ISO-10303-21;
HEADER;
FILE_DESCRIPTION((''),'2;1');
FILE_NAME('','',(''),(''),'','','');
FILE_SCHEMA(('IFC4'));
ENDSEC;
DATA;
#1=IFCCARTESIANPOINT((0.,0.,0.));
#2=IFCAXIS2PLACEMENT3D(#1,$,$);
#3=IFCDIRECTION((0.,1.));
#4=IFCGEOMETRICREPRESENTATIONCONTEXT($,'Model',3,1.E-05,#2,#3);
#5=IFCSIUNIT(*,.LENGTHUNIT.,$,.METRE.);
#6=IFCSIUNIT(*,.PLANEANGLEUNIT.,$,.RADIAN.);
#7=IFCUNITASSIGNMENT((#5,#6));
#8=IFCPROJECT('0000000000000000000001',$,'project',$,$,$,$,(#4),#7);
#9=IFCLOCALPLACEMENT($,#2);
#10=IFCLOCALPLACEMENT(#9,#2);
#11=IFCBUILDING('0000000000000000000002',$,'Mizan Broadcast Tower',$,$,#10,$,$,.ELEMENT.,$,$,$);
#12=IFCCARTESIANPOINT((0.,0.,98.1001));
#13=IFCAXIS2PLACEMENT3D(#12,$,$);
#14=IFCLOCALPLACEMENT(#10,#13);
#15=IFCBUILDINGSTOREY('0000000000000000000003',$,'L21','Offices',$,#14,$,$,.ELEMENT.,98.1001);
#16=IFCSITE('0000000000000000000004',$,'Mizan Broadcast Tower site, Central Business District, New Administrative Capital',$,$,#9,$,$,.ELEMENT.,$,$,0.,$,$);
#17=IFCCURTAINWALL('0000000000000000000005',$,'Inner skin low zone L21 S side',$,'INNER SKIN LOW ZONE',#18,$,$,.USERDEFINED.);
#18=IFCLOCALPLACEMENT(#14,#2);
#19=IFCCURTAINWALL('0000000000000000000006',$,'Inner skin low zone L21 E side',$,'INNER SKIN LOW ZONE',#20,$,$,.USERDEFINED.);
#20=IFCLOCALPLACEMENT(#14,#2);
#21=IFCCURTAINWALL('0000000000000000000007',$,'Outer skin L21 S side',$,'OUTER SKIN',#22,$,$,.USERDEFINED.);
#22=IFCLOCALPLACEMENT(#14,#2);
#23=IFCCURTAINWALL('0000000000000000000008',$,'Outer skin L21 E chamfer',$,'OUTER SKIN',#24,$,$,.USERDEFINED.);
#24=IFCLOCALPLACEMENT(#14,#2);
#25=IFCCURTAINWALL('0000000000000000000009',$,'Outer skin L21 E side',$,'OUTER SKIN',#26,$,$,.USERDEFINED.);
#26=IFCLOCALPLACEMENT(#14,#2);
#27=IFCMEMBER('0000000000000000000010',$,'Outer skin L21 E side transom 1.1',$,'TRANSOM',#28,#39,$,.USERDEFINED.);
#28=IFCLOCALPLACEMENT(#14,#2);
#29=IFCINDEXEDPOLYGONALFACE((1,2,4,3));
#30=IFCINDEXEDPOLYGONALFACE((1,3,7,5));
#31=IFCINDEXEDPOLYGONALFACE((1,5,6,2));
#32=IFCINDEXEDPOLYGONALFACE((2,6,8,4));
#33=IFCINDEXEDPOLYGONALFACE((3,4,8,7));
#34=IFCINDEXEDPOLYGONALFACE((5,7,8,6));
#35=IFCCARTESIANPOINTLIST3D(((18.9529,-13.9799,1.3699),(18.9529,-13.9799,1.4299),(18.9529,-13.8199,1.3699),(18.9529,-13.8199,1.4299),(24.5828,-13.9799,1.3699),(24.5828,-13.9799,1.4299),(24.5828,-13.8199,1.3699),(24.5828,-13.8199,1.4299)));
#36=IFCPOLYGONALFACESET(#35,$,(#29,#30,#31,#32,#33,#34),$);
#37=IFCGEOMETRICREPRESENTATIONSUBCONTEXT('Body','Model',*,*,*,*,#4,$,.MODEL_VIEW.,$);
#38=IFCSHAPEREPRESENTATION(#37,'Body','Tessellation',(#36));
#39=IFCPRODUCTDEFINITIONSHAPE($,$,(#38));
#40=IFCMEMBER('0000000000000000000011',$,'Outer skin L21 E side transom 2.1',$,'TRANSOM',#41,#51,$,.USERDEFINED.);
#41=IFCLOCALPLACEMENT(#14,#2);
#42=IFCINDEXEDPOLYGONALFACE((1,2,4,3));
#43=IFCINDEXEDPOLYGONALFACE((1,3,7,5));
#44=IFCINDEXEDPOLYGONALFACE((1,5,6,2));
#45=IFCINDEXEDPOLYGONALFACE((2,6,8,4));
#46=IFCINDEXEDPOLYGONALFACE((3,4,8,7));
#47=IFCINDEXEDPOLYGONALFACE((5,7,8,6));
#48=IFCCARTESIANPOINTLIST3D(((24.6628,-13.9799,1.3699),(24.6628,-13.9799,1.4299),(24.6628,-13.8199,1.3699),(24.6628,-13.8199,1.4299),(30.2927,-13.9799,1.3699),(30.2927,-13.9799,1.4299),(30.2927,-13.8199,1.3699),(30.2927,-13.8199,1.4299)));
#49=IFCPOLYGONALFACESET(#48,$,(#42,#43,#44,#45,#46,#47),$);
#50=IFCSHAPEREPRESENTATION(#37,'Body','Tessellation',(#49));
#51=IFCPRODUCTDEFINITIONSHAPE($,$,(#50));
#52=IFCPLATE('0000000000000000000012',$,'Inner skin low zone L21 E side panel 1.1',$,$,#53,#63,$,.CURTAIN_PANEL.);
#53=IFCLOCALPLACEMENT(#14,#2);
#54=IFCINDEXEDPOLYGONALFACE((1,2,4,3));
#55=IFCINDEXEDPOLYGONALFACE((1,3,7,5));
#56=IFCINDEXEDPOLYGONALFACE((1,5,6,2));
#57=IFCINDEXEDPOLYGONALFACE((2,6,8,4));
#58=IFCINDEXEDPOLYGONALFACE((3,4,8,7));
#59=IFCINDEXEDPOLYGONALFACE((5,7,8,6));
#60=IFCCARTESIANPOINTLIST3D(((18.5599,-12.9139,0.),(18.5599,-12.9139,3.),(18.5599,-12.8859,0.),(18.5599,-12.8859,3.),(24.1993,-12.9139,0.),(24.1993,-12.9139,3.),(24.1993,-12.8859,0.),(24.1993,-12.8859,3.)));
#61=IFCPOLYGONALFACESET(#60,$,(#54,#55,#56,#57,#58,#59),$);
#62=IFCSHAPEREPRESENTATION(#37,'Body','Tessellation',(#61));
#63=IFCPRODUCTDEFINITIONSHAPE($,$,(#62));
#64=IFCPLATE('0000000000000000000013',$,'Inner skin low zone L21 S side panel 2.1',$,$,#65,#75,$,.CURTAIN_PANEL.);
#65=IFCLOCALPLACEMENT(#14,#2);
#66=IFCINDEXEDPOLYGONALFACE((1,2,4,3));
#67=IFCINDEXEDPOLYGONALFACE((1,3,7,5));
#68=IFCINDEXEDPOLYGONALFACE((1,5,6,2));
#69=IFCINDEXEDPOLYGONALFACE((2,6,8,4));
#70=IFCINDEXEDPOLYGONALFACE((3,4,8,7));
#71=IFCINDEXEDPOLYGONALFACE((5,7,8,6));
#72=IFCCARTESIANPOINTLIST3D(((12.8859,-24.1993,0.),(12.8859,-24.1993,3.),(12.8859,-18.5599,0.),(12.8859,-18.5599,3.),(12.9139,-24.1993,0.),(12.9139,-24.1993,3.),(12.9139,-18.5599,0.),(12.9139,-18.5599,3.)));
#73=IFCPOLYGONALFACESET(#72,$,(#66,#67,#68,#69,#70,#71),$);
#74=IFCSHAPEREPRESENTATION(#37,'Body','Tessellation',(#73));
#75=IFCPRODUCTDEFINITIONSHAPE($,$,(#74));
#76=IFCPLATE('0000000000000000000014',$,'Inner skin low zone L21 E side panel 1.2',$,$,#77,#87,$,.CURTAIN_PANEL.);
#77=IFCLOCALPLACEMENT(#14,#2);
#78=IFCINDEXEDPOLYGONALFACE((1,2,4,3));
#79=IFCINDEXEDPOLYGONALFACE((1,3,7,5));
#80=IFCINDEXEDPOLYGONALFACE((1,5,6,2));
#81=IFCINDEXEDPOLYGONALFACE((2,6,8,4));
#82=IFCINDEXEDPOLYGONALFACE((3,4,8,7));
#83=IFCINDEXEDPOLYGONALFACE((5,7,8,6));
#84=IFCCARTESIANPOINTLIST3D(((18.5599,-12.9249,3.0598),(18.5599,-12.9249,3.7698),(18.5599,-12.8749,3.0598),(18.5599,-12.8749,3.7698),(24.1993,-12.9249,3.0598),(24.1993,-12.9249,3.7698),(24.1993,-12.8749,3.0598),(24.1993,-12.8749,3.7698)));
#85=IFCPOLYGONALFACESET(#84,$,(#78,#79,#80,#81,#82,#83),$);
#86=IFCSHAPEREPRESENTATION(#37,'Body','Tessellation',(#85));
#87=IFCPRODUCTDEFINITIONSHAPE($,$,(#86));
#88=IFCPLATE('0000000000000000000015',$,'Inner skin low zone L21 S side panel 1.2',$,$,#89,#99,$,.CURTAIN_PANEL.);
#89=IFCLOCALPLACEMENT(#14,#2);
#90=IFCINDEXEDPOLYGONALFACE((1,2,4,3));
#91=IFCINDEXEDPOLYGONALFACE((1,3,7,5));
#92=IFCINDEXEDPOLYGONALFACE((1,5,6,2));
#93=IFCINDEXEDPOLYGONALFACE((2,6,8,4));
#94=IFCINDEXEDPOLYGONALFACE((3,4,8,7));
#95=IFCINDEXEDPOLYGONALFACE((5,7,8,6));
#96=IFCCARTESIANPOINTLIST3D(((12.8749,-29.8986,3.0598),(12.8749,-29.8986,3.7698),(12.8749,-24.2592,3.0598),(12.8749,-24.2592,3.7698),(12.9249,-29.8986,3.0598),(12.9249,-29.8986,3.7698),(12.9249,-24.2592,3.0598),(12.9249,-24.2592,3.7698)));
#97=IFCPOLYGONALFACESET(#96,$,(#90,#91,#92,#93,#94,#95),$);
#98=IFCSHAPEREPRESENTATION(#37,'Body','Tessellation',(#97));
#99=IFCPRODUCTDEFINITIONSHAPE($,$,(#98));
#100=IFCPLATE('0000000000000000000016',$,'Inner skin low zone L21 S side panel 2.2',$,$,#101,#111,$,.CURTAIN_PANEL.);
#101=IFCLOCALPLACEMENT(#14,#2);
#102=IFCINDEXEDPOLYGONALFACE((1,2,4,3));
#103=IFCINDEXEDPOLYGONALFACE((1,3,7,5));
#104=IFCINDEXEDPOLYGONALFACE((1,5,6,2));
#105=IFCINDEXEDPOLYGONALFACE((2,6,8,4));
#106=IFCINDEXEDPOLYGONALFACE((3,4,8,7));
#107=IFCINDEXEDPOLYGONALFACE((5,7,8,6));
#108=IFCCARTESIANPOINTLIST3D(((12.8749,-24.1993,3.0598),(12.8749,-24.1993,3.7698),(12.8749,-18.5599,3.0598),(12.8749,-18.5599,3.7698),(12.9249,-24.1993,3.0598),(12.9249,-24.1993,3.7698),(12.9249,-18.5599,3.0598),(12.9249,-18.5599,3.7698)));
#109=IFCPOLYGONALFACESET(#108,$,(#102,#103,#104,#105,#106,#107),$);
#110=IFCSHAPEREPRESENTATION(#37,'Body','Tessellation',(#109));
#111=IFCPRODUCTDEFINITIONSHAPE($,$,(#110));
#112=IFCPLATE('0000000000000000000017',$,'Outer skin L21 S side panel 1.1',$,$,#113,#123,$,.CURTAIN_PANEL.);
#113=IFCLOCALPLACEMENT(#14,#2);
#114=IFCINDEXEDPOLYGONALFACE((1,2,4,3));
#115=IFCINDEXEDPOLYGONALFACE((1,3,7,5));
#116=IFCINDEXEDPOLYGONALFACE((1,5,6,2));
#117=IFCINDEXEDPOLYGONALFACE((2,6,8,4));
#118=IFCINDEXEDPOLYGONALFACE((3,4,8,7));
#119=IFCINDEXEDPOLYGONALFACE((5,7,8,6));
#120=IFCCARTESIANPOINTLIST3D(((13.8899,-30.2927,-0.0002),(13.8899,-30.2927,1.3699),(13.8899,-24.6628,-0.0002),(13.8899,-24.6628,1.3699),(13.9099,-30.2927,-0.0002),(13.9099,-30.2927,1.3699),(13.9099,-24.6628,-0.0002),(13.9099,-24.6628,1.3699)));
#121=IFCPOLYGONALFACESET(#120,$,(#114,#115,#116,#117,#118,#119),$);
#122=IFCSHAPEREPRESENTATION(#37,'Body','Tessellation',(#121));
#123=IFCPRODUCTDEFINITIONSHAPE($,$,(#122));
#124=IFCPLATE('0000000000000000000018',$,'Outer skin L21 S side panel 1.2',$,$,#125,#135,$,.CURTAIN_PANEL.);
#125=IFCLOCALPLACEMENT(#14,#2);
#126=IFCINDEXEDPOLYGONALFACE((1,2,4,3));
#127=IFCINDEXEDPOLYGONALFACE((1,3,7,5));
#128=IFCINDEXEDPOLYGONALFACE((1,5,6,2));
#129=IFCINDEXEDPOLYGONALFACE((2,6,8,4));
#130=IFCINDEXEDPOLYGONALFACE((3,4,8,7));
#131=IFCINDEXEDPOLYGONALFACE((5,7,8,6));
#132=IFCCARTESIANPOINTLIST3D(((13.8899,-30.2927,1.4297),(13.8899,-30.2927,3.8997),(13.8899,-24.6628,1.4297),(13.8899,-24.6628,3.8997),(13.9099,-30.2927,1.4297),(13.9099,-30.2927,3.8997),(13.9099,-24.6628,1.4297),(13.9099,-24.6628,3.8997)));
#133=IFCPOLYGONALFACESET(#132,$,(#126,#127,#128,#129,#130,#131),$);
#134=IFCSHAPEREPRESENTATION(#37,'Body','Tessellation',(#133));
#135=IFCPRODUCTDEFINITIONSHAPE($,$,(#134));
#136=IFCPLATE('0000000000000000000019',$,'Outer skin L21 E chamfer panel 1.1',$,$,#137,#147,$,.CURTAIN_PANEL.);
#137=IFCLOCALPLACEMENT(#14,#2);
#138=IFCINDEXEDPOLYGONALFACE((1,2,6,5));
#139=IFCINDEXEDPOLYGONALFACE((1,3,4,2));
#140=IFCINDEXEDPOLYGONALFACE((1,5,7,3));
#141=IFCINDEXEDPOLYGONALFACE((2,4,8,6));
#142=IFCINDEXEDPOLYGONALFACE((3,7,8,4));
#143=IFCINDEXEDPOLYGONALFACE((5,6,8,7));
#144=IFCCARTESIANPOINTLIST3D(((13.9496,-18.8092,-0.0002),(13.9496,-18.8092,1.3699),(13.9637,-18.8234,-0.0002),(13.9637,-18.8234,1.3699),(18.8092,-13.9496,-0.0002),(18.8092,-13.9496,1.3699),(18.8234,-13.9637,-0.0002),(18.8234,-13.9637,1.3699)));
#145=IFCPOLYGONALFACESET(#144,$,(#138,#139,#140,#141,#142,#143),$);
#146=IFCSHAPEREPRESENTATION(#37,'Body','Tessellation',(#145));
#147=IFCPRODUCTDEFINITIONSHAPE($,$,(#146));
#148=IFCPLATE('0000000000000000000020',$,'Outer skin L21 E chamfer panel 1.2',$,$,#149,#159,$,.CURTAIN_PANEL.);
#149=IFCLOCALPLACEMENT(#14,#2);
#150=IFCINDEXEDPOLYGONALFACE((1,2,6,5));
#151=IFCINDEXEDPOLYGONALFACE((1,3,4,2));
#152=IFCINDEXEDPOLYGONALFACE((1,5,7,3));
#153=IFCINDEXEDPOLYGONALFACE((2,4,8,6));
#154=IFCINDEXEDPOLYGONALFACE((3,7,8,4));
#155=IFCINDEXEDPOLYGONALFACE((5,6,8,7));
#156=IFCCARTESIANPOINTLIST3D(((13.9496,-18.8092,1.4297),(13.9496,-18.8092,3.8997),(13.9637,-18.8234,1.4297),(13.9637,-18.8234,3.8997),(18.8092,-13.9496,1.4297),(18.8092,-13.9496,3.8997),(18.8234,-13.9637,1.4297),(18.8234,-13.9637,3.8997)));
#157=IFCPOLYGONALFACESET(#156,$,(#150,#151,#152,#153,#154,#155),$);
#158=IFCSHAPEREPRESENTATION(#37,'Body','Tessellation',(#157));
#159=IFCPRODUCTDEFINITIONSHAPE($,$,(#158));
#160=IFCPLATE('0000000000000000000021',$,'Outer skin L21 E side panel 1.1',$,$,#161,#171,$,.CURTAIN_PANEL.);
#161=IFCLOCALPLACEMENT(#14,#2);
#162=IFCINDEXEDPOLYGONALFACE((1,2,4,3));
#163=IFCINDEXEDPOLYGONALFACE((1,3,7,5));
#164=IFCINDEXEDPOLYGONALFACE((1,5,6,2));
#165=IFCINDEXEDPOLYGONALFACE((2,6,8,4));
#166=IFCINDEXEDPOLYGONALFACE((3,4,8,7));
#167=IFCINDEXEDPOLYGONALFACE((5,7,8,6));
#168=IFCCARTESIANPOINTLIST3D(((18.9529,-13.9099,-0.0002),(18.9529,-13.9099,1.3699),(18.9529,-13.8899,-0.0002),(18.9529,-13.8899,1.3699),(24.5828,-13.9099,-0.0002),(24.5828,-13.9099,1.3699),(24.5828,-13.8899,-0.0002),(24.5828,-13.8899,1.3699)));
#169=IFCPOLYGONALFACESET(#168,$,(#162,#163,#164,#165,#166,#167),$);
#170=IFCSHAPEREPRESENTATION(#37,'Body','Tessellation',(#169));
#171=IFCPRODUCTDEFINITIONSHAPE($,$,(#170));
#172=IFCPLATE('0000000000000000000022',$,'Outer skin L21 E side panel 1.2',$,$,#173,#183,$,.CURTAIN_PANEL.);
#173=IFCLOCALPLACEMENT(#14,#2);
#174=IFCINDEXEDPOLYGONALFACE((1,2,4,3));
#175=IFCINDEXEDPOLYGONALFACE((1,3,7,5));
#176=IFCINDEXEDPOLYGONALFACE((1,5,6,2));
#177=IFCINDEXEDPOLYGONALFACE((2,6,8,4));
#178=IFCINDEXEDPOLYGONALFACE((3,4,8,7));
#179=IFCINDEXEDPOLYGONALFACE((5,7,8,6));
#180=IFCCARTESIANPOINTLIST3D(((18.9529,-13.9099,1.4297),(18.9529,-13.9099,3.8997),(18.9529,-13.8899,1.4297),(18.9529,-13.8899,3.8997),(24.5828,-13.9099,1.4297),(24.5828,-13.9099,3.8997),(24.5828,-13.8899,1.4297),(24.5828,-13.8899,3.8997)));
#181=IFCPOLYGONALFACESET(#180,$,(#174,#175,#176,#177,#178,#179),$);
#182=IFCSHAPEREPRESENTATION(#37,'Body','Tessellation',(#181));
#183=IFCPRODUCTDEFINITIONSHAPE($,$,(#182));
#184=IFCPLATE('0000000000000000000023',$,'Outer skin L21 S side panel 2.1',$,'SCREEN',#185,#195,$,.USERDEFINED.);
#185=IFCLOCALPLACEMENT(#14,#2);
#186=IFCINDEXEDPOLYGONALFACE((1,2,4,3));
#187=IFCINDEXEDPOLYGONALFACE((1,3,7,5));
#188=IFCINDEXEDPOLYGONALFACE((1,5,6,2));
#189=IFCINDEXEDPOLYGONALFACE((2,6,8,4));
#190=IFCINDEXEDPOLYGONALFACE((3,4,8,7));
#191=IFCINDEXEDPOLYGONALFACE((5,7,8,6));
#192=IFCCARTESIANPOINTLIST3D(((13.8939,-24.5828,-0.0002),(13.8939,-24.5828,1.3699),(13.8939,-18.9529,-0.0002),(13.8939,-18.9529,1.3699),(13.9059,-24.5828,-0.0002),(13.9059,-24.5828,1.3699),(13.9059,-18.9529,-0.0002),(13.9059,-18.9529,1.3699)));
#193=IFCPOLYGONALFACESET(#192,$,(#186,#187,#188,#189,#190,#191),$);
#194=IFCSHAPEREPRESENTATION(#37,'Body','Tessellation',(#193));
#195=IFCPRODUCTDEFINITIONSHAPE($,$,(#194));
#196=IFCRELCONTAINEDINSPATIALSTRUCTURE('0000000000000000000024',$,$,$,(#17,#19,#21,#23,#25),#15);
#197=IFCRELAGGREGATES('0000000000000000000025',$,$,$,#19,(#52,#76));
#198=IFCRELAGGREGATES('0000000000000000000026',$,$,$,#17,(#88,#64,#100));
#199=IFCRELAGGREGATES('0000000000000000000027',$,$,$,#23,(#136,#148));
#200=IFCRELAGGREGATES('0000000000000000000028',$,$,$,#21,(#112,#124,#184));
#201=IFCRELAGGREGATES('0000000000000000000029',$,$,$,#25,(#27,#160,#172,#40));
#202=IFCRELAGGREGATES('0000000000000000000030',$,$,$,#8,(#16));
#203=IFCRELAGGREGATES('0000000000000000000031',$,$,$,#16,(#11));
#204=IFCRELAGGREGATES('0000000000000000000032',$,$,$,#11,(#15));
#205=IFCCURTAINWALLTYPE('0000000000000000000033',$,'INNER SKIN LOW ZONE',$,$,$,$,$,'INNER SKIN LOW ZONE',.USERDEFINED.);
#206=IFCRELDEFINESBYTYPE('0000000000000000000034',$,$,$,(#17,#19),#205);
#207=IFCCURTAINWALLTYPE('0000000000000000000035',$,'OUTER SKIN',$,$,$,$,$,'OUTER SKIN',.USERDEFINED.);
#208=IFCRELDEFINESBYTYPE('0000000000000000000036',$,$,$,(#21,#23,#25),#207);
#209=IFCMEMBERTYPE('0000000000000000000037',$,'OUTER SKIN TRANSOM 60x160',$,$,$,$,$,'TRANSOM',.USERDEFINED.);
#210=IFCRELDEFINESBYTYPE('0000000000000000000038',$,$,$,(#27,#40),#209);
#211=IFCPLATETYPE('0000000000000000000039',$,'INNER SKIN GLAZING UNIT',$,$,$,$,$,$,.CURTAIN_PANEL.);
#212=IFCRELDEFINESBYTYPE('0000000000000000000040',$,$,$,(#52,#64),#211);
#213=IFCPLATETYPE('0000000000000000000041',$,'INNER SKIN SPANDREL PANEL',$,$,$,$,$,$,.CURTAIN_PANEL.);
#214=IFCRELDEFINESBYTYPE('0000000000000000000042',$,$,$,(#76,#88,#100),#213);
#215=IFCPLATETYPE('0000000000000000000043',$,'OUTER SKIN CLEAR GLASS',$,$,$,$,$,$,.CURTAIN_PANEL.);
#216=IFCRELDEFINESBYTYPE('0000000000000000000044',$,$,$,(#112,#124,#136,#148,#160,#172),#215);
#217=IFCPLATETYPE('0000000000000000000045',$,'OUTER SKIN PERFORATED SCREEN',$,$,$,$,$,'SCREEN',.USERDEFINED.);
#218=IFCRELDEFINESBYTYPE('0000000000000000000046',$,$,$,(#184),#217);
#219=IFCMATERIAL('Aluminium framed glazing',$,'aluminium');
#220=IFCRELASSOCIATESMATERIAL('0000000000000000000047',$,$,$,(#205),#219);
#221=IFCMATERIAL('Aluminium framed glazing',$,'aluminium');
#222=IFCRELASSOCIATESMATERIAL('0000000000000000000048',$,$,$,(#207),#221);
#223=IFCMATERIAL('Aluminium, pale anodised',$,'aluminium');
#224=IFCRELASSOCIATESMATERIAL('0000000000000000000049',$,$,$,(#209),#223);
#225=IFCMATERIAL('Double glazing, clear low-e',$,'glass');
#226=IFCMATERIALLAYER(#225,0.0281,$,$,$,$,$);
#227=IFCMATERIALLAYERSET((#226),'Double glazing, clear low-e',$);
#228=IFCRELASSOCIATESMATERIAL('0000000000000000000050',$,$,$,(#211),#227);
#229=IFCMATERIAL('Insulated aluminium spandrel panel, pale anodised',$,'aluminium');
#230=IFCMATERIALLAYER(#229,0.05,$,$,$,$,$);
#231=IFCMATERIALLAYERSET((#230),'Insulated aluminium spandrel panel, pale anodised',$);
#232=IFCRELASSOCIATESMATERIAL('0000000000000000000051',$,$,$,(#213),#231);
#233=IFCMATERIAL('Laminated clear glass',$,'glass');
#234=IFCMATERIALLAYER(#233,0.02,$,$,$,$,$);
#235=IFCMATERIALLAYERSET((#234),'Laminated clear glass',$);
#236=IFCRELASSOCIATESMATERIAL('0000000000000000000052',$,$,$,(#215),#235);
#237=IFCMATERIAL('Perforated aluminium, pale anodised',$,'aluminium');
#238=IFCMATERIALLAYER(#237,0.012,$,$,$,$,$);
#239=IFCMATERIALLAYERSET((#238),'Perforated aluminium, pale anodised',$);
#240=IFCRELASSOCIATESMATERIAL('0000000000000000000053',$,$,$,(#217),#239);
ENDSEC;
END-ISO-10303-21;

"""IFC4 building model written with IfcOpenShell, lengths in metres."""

from ifc_helpers import new_model, si_unit, direction, frame, origin, origin_2d, place, context, subcontext, project, spatial, rectangle, extrude, material, layer, layer_set, material_profile, profile_set, type_object, element, aggregate, save


model = new_model("IFC4")

# Units and contexts
model_context = context("Model", 3, precision=1e-05, world=origin(), true_north=direction((0.0, 1.0)))
body_context = subcontext(model_context, "Body", "Model", "MODEL_VIEW")
ifc_project = project(units=[si_unit("LENGTHUNIT", "METRE"), si_unit("PLANEANGLEUNIT", "RADIAN")], contexts=[model_context])

# Site, building, storey
site_placement = place(None, origin())
site = spatial("IfcSite", under=ifc_project, at=site_placement, Name="Mizan Broadcast Tower site, Central Business District, New Administrative Capital", CompositionType="ELEMENT", RefElevation=0.0)
building_placement = place(site_placement, origin())
building = spatial("IfcBuilding", under=site, at=building_placement, Name="Mizan Broadcast Tower", CompositionType="ELEMENT")
storey_placement = place(building_placement, frame((0.0, 0.0, 98.1001)))
storey = spatial("IfcBuildingStorey", under=building, at=storey_placement, Name="L21", Description="Offices", CompositionType="ELEMENT", Elevation=98.1001)

# Curtain wall
ifc_material_1 = material(Name="Aluminium framed glazing", Category="aluminium")
curtain_wall_type_1 = type_object("IfcCurtainWallType", Name="INNER SKIN LOW ZONE", ElementType="INNER SKIN LOW ZONE", PredefinedType="USERDEFINED", material=ifc_material_1)
curtain_wall_1_placement = place(storey_placement, origin())
curtain_wall_1 = element("IfcCurtainWall", 1, at=curtain_wall_1_placement, inside=storey, type_object=curtain_wall_type_1, Name="Inner skin low zone L21 S side", ObjectType="INNER SKIN LOW ZONE", PredefinedType="USERDEFINED")

# Curtain wall
curtain_wall_2_placement = place(storey_placement, origin())
curtain_wall_2 = element("IfcCurtainWall", 2, at=curtain_wall_2_placement, inside=storey, type_object=curtain_wall_type_1, Name="Inner skin low zone L21 E side", ObjectType="INNER SKIN LOW ZONE", PredefinedType="USERDEFINED")

# Shared definitions
ifc_material_2 = material(Name="Aluminium framed glazing", Category="aluminium")
curtain_wall_type_2 = type_object("IfcCurtainWallType", Name="OUTER SKIN", ElementType="OUTER SKIN", PredefinedType="USERDEFINED", material=ifc_material_2)

# Curtain wall
curtain_wall_3_placement = place(storey_placement, origin())
curtain_wall_3 = element("IfcCurtainWall", 3, at=curtain_wall_3_placement, inside=storey, type_object=curtain_wall_type_2, Name="Outer skin L21 S side", ObjectType="OUTER SKIN", PredefinedType="USERDEFINED")

# Curtain wall
curtain_wall_4_placement = place(storey_placement, origin())
curtain_wall_4 = element("IfcCurtainWall", 4, at=curtain_wall_4_placement, inside=storey, type_object=curtain_wall_type_2, Name="Outer skin L21 E chamfer", ObjectType="OUTER SKIN", PredefinedType="USERDEFINED")

# Curtain wall
curtain_wall_5_placement = place(storey_placement, origin())
curtain_wall_5 = element("IfcCurtainWall", 5, at=curtain_wall_5_placement, inside=storey, type_object=curtain_wall_type_2, Name="Outer skin L21 E side", ObjectType="OUTER SKIN", PredefinedType="USERDEFINED")

# Shared definitions
ifc_material_3 = material(Name="Aluminium, pale anodised", Category="aluminium")
ifc_material_profile_1 = material_profile(ifc_material_3, rectangle(XDim=0.1599, YDim=0.0601, at=origin_2d()), Name="TRANSOM 160x60")
ifc_profile_set_1 = profile_set([ifc_material_profile_1], Name="Aluminium, pale anodised")
member_type_1 = type_object("IfcMemberType", Name="OUTER SKIN TRANSOM 60x160", ElementType="TRANSOM", PredefinedType="USERDEFINED", material=ifc_profile_set_1)

# Members
member_1_placement = place(storey_placement, frame((18.9529, -13.8999, 1.3999), z_axis=(1.0, 0.0, 0.0), x_axis=(0.0, 1.0, 0.0)))
member_1 = element("IfcMember", 6, at=member_1_placement, type_object=member_type_1, Name="Outer skin L21 E side transom 1.1", ObjectType="TRANSOM", PredefinedType="USERDEFINED", context=body_context, shape_type="SweptSolid", body=[
    extrude(rectangle(XDim=0.1599, YDim=0.0601, at=origin_2d()), origin(), (0.0, 0.0, 1.0), 5.6299),
])
member_2_placement = place(storey_placement, frame((24.6628, -13.8999, 1.3999), z_axis=(1.0, 0.0, 0.0), x_axis=(0.0, 1.0, 0.0)))
member_2 = element("IfcMember", 7, at=member_2_placement, type_object=member_type_1, Name="Outer skin L21 E side transom 2.1", ObjectType="TRANSOM", PredefinedType="USERDEFINED", context=body_context, shape_type="SweptSolid", body=[
    extrude(rectangle(XDim=0.1599, YDim=0.0601, at=origin_2d()), origin(), (0.0, 0.0, 1.0), 5.6299),
])

# Plates
ifc_material_4 = material(Name="Double glazing, clear low-e", Category="glass")
ifc_layer_1 = layer(ifc_material_4, 0.0281)
ifc_layer_set_1 = layer_set([ifc_layer_1], Name="Double glazing, clear low-e")
plate_type_1 = type_object("IfcPlateType", Name="INNER SKIN GLAZING UNIT", PredefinedType="CURTAIN_PANEL", material=ifc_layer_set_1)
plate_1_placement = place(storey_placement, frame((21.3796, -12.8999, 0.0), z_axis=(0.0, 0.0, 1.0), x_axis=(1.0, 0.0, 0.0)))
plate_1 = element("IfcPlate", 8, at=plate_1_placement, type_object=plate_type_1, Name="Inner skin low zone L21 E side panel 1.1", PredefinedType="CURTAIN_PANEL", context=body_context, shape_type="SweptSolid", body=[
    extrude(rectangle(XDim=5.6394, YDim=0.0281, at=origin_2d()), origin(), (0.0, 0.0, 1.0), 3.0),
])
plate_2_placement = place(storey_placement, frame((12.8999, -21.3796, 0.0), z_axis=(0.0, 0.0, 1.0), x_axis=(0.0, 1.0, 0.0)))
plate_2 = element("IfcPlate", 9, at=plate_2_placement, type_object=plate_type_1, Name="Inner skin low zone L21 S side panel 2.1", PredefinedType="CURTAIN_PANEL", context=body_context, shape_type="SweptSolid", body=[
    extrude(rectangle(XDim=5.6394, YDim=0.0281, at=origin_2d()), origin(), (0.0, 0.0, 1.0), 3.0),
])
ifc_material_5 = material(Name="Insulated aluminium spandrel panel, pale anodised", Category="aluminium")
ifc_layer_2 = layer(ifc_material_5, 0.05)
ifc_layer_set_2 = layer_set([ifc_layer_2], Name="Insulated aluminium spandrel panel, pale anodised")
plate_type_2 = type_object("IfcPlateType", Name="INNER SKIN SPANDREL PANEL", PredefinedType="CURTAIN_PANEL", material=ifc_layer_set_2)
plate_3_placement = place(storey_placement, frame((21.3796, -12.8999, 3.0598), z_axis=(0.0, 0.0, 1.0), x_axis=(1.0, 0.0, 0.0)))
plate_3 = element("IfcPlate", 10, at=plate_3_placement, type_object=plate_type_2, Name="Inner skin low zone L21 E side panel 1.2", PredefinedType="CURTAIN_PANEL", context=body_context, shape_type="SweptSolid", body=[
    extrude(rectangle(XDim=5.6394, YDim=0.05, at=origin_2d()), origin(), (0.0, 0.0, 1.0), 0.71),
])
aggregate(curtain_wall_2, [plate_1, plate_3])
plate_4_placement = place(storey_placement, frame((12.8999, -27.0789, 3.0598), z_axis=(0.0, 0.0, 1.0), x_axis=(0.0, 1.0, 0.0)))
plate_4 = element("IfcPlate", 11, at=plate_4_placement, type_object=plate_type_2, Name="Inner skin low zone L21 S side panel 1.2", PredefinedType="CURTAIN_PANEL", context=body_context, shape_type="SweptSolid", body=[
    extrude(rectangle(XDim=5.6394, YDim=0.05, at=origin_2d()), origin(), (0.0, 0.0, 1.0), 0.71),
])
plate_5_placement = place(storey_placement, frame((12.8999, -21.3796, 3.0598), z_axis=(0.0, 0.0, 1.0), x_axis=(0.0, 1.0, 0.0)))
plate_5 = element("IfcPlate", 12, at=plate_5_placement, type_object=plate_type_2, Name="Inner skin low zone L21 S side panel 2.2", PredefinedType="CURTAIN_PANEL", context=body_context, shape_type="SweptSolid", body=[
    extrude(rectangle(XDim=5.6394, YDim=0.05, at=origin_2d()), origin(), (0.0, 0.0, 1.0), 0.71),
])
aggregate(curtain_wall_1, [plate_4, plate_2, plate_5])
ifc_material_6 = material(Name="Laminated clear glass", Category="glass")
ifc_layer_3 = layer(ifc_material_6, 0.02)
ifc_layer_set_3 = layer_set([ifc_layer_3], Name="Laminated clear glass")
plate_type_3 = type_object("IfcPlateType", Name="OUTER SKIN CLEAR GLASS", PredefinedType="CURTAIN_PANEL", material=ifc_layer_set_3)
plate_6_placement = place(storey_placement, frame((13.8999, -27.4778, -0.0002), z_axis=(0.0, 0.0, 1.0), x_axis=(0.0, 1.0, 0.0)))
plate_6 = element("IfcPlate", 13, at=plate_6_placement, type_object=plate_type_3, Name="Outer skin L21 S side panel 1.1", PredefinedType="CURTAIN_PANEL", context=body_context, shape_type="SweptSolid", body=[
    extrude(rectangle(XDim=5.6299, YDim=0.02, at=origin_2d()), origin(), (0.0, 0.0, 1.0), 1.3701),
])
plate_7_placement = place(storey_placement, frame((13.8999, -27.4778, 1.4297), z_axis=(0.0, 0.0, 1.0), x_axis=(0.0, 1.0, 0.0)))
plate_7 = element("IfcPlate", 14, at=plate_7_placement, type_object=plate_type_3, Name="Outer skin L21 S side panel 1.2", PredefinedType="CURTAIN_PANEL", context=body_context, shape_type="SweptSolid", body=[
    extrude(rectangle(XDim=5.6299, YDim=0.02, at=origin_2d()), origin(), (0.0, 0.0, 1.0), 2.47),
])
plate_8_placement = place(storey_placement, frame((16.3865, -16.3865, -0.0002), z_axis=(0.0, 0.0, 1.0), x_axis=(0.707107, 0.707107, 0.0)))
plate_8 = element("IfcPlate", 15, at=plate_8_placement, type_object=plate_type_3, Name="Outer skin L21 E chamfer panel 1.1", PredefinedType="CURTAIN_PANEL", context=body_context, shape_type="SweptSolid", body=[
    extrude(rectangle(XDim=6.8726, YDim=0.02, at=origin_2d()), origin(), (0.0, 0.0, 1.0), 1.3701),
])
plate_9_placement = place(storey_placement, frame((16.3865, -16.3865, 1.4297), z_axis=(0.0, 0.0, 1.0), x_axis=(0.707107, 0.707107, 0.0)))
plate_9 = element("IfcPlate", 16, at=plate_9_placement, type_object=plate_type_3, Name="Outer skin L21 E chamfer panel 1.2", PredefinedType="CURTAIN_PANEL", context=body_context, shape_type="SweptSolid", body=[
    extrude(rectangle(XDim=6.8726, YDim=0.02, at=origin_2d()), origin(), (0.0, 0.0, 1.0), 2.47),
])
aggregate(curtain_wall_4, [plate_8, plate_9])
plate_10_placement = place(storey_placement, frame((21.7678, -13.8999, -0.0002), z_axis=(0.0, 0.0, 1.0), x_axis=(1.0, 0.0, 0.0)))
plate_10 = element("IfcPlate", 17, at=plate_10_placement, type_object=plate_type_3, Name="Outer skin L21 E side panel 1.1", PredefinedType="CURTAIN_PANEL", context=body_context, shape_type="SweptSolid", body=[
    extrude(rectangle(XDim=5.6299, YDim=0.02, at=origin_2d()), origin(), (0.0, 0.0, 1.0), 1.3701),
])
plate_11_placement = place(storey_placement, frame((21.7678, -13.8999, 1.4297), z_axis=(0.0, 0.0, 1.0), x_axis=(1.0, 0.0, 0.0)))
plate_11 = element("IfcPlate", 18, at=plate_11_placement, type_object=plate_type_3, Name="Outer skin L21 E side panel 1.2", PredefinedType="CURTAIN_PANEL", context=body_context, shape_type="SweptSolid", body=[
    extrude(rectangle(XDim=5.6299, YDim=0.02, at=origin_2d()), origin(), (0.0, 0.0, 1.0), 2.47),
])
ifc_material_7 = material(Name="Perforated aluminium, pale anodised", Category="aluminium")
ifc_layer_4 = layer(ifc_material_7, 0.012)
ifc_layer_set_4 = layer_set([ifc_layer_4], Name="Perforated aluminium, pale anodised")
plate_type_4 = type_object("IfcPlateType", Name="OUTER SKIN PERFORATED SCREEN", ElementType="SCREEN", PredefinedType="USERDEFINED", material=ifc_layer_set_4)
plate_12_placement = place(storey_placement, frame((13.8999, -21.7678, -0.0002), z_axis=(0.0, 0.0, 1.0), x_axis=(0.0, 1.0, 0.0)))
plate_12 = element("IfcPlate", 19, at=plate_12_placement, type_object=plate_type_4, Name="Outer skin L21 S side panel 2.1", ObjectType="SCREEN", PredefinedType="USERDEFINED", context=body_context, shape_type="SweptSolid", body=[
    extrude(rectangle(XDim=5.6299, YDim=0.012, at=origin_2d()), origin(), (0.0, 0.0, 1.0), 1.3701),
])
aggregate(curtain_wall_3, [plate_6, plate_7, plate_12])
aggregate(curtain_wall_5, [member_1, plate_10, plate_11, member_2])

save(model, "model.ifc")
